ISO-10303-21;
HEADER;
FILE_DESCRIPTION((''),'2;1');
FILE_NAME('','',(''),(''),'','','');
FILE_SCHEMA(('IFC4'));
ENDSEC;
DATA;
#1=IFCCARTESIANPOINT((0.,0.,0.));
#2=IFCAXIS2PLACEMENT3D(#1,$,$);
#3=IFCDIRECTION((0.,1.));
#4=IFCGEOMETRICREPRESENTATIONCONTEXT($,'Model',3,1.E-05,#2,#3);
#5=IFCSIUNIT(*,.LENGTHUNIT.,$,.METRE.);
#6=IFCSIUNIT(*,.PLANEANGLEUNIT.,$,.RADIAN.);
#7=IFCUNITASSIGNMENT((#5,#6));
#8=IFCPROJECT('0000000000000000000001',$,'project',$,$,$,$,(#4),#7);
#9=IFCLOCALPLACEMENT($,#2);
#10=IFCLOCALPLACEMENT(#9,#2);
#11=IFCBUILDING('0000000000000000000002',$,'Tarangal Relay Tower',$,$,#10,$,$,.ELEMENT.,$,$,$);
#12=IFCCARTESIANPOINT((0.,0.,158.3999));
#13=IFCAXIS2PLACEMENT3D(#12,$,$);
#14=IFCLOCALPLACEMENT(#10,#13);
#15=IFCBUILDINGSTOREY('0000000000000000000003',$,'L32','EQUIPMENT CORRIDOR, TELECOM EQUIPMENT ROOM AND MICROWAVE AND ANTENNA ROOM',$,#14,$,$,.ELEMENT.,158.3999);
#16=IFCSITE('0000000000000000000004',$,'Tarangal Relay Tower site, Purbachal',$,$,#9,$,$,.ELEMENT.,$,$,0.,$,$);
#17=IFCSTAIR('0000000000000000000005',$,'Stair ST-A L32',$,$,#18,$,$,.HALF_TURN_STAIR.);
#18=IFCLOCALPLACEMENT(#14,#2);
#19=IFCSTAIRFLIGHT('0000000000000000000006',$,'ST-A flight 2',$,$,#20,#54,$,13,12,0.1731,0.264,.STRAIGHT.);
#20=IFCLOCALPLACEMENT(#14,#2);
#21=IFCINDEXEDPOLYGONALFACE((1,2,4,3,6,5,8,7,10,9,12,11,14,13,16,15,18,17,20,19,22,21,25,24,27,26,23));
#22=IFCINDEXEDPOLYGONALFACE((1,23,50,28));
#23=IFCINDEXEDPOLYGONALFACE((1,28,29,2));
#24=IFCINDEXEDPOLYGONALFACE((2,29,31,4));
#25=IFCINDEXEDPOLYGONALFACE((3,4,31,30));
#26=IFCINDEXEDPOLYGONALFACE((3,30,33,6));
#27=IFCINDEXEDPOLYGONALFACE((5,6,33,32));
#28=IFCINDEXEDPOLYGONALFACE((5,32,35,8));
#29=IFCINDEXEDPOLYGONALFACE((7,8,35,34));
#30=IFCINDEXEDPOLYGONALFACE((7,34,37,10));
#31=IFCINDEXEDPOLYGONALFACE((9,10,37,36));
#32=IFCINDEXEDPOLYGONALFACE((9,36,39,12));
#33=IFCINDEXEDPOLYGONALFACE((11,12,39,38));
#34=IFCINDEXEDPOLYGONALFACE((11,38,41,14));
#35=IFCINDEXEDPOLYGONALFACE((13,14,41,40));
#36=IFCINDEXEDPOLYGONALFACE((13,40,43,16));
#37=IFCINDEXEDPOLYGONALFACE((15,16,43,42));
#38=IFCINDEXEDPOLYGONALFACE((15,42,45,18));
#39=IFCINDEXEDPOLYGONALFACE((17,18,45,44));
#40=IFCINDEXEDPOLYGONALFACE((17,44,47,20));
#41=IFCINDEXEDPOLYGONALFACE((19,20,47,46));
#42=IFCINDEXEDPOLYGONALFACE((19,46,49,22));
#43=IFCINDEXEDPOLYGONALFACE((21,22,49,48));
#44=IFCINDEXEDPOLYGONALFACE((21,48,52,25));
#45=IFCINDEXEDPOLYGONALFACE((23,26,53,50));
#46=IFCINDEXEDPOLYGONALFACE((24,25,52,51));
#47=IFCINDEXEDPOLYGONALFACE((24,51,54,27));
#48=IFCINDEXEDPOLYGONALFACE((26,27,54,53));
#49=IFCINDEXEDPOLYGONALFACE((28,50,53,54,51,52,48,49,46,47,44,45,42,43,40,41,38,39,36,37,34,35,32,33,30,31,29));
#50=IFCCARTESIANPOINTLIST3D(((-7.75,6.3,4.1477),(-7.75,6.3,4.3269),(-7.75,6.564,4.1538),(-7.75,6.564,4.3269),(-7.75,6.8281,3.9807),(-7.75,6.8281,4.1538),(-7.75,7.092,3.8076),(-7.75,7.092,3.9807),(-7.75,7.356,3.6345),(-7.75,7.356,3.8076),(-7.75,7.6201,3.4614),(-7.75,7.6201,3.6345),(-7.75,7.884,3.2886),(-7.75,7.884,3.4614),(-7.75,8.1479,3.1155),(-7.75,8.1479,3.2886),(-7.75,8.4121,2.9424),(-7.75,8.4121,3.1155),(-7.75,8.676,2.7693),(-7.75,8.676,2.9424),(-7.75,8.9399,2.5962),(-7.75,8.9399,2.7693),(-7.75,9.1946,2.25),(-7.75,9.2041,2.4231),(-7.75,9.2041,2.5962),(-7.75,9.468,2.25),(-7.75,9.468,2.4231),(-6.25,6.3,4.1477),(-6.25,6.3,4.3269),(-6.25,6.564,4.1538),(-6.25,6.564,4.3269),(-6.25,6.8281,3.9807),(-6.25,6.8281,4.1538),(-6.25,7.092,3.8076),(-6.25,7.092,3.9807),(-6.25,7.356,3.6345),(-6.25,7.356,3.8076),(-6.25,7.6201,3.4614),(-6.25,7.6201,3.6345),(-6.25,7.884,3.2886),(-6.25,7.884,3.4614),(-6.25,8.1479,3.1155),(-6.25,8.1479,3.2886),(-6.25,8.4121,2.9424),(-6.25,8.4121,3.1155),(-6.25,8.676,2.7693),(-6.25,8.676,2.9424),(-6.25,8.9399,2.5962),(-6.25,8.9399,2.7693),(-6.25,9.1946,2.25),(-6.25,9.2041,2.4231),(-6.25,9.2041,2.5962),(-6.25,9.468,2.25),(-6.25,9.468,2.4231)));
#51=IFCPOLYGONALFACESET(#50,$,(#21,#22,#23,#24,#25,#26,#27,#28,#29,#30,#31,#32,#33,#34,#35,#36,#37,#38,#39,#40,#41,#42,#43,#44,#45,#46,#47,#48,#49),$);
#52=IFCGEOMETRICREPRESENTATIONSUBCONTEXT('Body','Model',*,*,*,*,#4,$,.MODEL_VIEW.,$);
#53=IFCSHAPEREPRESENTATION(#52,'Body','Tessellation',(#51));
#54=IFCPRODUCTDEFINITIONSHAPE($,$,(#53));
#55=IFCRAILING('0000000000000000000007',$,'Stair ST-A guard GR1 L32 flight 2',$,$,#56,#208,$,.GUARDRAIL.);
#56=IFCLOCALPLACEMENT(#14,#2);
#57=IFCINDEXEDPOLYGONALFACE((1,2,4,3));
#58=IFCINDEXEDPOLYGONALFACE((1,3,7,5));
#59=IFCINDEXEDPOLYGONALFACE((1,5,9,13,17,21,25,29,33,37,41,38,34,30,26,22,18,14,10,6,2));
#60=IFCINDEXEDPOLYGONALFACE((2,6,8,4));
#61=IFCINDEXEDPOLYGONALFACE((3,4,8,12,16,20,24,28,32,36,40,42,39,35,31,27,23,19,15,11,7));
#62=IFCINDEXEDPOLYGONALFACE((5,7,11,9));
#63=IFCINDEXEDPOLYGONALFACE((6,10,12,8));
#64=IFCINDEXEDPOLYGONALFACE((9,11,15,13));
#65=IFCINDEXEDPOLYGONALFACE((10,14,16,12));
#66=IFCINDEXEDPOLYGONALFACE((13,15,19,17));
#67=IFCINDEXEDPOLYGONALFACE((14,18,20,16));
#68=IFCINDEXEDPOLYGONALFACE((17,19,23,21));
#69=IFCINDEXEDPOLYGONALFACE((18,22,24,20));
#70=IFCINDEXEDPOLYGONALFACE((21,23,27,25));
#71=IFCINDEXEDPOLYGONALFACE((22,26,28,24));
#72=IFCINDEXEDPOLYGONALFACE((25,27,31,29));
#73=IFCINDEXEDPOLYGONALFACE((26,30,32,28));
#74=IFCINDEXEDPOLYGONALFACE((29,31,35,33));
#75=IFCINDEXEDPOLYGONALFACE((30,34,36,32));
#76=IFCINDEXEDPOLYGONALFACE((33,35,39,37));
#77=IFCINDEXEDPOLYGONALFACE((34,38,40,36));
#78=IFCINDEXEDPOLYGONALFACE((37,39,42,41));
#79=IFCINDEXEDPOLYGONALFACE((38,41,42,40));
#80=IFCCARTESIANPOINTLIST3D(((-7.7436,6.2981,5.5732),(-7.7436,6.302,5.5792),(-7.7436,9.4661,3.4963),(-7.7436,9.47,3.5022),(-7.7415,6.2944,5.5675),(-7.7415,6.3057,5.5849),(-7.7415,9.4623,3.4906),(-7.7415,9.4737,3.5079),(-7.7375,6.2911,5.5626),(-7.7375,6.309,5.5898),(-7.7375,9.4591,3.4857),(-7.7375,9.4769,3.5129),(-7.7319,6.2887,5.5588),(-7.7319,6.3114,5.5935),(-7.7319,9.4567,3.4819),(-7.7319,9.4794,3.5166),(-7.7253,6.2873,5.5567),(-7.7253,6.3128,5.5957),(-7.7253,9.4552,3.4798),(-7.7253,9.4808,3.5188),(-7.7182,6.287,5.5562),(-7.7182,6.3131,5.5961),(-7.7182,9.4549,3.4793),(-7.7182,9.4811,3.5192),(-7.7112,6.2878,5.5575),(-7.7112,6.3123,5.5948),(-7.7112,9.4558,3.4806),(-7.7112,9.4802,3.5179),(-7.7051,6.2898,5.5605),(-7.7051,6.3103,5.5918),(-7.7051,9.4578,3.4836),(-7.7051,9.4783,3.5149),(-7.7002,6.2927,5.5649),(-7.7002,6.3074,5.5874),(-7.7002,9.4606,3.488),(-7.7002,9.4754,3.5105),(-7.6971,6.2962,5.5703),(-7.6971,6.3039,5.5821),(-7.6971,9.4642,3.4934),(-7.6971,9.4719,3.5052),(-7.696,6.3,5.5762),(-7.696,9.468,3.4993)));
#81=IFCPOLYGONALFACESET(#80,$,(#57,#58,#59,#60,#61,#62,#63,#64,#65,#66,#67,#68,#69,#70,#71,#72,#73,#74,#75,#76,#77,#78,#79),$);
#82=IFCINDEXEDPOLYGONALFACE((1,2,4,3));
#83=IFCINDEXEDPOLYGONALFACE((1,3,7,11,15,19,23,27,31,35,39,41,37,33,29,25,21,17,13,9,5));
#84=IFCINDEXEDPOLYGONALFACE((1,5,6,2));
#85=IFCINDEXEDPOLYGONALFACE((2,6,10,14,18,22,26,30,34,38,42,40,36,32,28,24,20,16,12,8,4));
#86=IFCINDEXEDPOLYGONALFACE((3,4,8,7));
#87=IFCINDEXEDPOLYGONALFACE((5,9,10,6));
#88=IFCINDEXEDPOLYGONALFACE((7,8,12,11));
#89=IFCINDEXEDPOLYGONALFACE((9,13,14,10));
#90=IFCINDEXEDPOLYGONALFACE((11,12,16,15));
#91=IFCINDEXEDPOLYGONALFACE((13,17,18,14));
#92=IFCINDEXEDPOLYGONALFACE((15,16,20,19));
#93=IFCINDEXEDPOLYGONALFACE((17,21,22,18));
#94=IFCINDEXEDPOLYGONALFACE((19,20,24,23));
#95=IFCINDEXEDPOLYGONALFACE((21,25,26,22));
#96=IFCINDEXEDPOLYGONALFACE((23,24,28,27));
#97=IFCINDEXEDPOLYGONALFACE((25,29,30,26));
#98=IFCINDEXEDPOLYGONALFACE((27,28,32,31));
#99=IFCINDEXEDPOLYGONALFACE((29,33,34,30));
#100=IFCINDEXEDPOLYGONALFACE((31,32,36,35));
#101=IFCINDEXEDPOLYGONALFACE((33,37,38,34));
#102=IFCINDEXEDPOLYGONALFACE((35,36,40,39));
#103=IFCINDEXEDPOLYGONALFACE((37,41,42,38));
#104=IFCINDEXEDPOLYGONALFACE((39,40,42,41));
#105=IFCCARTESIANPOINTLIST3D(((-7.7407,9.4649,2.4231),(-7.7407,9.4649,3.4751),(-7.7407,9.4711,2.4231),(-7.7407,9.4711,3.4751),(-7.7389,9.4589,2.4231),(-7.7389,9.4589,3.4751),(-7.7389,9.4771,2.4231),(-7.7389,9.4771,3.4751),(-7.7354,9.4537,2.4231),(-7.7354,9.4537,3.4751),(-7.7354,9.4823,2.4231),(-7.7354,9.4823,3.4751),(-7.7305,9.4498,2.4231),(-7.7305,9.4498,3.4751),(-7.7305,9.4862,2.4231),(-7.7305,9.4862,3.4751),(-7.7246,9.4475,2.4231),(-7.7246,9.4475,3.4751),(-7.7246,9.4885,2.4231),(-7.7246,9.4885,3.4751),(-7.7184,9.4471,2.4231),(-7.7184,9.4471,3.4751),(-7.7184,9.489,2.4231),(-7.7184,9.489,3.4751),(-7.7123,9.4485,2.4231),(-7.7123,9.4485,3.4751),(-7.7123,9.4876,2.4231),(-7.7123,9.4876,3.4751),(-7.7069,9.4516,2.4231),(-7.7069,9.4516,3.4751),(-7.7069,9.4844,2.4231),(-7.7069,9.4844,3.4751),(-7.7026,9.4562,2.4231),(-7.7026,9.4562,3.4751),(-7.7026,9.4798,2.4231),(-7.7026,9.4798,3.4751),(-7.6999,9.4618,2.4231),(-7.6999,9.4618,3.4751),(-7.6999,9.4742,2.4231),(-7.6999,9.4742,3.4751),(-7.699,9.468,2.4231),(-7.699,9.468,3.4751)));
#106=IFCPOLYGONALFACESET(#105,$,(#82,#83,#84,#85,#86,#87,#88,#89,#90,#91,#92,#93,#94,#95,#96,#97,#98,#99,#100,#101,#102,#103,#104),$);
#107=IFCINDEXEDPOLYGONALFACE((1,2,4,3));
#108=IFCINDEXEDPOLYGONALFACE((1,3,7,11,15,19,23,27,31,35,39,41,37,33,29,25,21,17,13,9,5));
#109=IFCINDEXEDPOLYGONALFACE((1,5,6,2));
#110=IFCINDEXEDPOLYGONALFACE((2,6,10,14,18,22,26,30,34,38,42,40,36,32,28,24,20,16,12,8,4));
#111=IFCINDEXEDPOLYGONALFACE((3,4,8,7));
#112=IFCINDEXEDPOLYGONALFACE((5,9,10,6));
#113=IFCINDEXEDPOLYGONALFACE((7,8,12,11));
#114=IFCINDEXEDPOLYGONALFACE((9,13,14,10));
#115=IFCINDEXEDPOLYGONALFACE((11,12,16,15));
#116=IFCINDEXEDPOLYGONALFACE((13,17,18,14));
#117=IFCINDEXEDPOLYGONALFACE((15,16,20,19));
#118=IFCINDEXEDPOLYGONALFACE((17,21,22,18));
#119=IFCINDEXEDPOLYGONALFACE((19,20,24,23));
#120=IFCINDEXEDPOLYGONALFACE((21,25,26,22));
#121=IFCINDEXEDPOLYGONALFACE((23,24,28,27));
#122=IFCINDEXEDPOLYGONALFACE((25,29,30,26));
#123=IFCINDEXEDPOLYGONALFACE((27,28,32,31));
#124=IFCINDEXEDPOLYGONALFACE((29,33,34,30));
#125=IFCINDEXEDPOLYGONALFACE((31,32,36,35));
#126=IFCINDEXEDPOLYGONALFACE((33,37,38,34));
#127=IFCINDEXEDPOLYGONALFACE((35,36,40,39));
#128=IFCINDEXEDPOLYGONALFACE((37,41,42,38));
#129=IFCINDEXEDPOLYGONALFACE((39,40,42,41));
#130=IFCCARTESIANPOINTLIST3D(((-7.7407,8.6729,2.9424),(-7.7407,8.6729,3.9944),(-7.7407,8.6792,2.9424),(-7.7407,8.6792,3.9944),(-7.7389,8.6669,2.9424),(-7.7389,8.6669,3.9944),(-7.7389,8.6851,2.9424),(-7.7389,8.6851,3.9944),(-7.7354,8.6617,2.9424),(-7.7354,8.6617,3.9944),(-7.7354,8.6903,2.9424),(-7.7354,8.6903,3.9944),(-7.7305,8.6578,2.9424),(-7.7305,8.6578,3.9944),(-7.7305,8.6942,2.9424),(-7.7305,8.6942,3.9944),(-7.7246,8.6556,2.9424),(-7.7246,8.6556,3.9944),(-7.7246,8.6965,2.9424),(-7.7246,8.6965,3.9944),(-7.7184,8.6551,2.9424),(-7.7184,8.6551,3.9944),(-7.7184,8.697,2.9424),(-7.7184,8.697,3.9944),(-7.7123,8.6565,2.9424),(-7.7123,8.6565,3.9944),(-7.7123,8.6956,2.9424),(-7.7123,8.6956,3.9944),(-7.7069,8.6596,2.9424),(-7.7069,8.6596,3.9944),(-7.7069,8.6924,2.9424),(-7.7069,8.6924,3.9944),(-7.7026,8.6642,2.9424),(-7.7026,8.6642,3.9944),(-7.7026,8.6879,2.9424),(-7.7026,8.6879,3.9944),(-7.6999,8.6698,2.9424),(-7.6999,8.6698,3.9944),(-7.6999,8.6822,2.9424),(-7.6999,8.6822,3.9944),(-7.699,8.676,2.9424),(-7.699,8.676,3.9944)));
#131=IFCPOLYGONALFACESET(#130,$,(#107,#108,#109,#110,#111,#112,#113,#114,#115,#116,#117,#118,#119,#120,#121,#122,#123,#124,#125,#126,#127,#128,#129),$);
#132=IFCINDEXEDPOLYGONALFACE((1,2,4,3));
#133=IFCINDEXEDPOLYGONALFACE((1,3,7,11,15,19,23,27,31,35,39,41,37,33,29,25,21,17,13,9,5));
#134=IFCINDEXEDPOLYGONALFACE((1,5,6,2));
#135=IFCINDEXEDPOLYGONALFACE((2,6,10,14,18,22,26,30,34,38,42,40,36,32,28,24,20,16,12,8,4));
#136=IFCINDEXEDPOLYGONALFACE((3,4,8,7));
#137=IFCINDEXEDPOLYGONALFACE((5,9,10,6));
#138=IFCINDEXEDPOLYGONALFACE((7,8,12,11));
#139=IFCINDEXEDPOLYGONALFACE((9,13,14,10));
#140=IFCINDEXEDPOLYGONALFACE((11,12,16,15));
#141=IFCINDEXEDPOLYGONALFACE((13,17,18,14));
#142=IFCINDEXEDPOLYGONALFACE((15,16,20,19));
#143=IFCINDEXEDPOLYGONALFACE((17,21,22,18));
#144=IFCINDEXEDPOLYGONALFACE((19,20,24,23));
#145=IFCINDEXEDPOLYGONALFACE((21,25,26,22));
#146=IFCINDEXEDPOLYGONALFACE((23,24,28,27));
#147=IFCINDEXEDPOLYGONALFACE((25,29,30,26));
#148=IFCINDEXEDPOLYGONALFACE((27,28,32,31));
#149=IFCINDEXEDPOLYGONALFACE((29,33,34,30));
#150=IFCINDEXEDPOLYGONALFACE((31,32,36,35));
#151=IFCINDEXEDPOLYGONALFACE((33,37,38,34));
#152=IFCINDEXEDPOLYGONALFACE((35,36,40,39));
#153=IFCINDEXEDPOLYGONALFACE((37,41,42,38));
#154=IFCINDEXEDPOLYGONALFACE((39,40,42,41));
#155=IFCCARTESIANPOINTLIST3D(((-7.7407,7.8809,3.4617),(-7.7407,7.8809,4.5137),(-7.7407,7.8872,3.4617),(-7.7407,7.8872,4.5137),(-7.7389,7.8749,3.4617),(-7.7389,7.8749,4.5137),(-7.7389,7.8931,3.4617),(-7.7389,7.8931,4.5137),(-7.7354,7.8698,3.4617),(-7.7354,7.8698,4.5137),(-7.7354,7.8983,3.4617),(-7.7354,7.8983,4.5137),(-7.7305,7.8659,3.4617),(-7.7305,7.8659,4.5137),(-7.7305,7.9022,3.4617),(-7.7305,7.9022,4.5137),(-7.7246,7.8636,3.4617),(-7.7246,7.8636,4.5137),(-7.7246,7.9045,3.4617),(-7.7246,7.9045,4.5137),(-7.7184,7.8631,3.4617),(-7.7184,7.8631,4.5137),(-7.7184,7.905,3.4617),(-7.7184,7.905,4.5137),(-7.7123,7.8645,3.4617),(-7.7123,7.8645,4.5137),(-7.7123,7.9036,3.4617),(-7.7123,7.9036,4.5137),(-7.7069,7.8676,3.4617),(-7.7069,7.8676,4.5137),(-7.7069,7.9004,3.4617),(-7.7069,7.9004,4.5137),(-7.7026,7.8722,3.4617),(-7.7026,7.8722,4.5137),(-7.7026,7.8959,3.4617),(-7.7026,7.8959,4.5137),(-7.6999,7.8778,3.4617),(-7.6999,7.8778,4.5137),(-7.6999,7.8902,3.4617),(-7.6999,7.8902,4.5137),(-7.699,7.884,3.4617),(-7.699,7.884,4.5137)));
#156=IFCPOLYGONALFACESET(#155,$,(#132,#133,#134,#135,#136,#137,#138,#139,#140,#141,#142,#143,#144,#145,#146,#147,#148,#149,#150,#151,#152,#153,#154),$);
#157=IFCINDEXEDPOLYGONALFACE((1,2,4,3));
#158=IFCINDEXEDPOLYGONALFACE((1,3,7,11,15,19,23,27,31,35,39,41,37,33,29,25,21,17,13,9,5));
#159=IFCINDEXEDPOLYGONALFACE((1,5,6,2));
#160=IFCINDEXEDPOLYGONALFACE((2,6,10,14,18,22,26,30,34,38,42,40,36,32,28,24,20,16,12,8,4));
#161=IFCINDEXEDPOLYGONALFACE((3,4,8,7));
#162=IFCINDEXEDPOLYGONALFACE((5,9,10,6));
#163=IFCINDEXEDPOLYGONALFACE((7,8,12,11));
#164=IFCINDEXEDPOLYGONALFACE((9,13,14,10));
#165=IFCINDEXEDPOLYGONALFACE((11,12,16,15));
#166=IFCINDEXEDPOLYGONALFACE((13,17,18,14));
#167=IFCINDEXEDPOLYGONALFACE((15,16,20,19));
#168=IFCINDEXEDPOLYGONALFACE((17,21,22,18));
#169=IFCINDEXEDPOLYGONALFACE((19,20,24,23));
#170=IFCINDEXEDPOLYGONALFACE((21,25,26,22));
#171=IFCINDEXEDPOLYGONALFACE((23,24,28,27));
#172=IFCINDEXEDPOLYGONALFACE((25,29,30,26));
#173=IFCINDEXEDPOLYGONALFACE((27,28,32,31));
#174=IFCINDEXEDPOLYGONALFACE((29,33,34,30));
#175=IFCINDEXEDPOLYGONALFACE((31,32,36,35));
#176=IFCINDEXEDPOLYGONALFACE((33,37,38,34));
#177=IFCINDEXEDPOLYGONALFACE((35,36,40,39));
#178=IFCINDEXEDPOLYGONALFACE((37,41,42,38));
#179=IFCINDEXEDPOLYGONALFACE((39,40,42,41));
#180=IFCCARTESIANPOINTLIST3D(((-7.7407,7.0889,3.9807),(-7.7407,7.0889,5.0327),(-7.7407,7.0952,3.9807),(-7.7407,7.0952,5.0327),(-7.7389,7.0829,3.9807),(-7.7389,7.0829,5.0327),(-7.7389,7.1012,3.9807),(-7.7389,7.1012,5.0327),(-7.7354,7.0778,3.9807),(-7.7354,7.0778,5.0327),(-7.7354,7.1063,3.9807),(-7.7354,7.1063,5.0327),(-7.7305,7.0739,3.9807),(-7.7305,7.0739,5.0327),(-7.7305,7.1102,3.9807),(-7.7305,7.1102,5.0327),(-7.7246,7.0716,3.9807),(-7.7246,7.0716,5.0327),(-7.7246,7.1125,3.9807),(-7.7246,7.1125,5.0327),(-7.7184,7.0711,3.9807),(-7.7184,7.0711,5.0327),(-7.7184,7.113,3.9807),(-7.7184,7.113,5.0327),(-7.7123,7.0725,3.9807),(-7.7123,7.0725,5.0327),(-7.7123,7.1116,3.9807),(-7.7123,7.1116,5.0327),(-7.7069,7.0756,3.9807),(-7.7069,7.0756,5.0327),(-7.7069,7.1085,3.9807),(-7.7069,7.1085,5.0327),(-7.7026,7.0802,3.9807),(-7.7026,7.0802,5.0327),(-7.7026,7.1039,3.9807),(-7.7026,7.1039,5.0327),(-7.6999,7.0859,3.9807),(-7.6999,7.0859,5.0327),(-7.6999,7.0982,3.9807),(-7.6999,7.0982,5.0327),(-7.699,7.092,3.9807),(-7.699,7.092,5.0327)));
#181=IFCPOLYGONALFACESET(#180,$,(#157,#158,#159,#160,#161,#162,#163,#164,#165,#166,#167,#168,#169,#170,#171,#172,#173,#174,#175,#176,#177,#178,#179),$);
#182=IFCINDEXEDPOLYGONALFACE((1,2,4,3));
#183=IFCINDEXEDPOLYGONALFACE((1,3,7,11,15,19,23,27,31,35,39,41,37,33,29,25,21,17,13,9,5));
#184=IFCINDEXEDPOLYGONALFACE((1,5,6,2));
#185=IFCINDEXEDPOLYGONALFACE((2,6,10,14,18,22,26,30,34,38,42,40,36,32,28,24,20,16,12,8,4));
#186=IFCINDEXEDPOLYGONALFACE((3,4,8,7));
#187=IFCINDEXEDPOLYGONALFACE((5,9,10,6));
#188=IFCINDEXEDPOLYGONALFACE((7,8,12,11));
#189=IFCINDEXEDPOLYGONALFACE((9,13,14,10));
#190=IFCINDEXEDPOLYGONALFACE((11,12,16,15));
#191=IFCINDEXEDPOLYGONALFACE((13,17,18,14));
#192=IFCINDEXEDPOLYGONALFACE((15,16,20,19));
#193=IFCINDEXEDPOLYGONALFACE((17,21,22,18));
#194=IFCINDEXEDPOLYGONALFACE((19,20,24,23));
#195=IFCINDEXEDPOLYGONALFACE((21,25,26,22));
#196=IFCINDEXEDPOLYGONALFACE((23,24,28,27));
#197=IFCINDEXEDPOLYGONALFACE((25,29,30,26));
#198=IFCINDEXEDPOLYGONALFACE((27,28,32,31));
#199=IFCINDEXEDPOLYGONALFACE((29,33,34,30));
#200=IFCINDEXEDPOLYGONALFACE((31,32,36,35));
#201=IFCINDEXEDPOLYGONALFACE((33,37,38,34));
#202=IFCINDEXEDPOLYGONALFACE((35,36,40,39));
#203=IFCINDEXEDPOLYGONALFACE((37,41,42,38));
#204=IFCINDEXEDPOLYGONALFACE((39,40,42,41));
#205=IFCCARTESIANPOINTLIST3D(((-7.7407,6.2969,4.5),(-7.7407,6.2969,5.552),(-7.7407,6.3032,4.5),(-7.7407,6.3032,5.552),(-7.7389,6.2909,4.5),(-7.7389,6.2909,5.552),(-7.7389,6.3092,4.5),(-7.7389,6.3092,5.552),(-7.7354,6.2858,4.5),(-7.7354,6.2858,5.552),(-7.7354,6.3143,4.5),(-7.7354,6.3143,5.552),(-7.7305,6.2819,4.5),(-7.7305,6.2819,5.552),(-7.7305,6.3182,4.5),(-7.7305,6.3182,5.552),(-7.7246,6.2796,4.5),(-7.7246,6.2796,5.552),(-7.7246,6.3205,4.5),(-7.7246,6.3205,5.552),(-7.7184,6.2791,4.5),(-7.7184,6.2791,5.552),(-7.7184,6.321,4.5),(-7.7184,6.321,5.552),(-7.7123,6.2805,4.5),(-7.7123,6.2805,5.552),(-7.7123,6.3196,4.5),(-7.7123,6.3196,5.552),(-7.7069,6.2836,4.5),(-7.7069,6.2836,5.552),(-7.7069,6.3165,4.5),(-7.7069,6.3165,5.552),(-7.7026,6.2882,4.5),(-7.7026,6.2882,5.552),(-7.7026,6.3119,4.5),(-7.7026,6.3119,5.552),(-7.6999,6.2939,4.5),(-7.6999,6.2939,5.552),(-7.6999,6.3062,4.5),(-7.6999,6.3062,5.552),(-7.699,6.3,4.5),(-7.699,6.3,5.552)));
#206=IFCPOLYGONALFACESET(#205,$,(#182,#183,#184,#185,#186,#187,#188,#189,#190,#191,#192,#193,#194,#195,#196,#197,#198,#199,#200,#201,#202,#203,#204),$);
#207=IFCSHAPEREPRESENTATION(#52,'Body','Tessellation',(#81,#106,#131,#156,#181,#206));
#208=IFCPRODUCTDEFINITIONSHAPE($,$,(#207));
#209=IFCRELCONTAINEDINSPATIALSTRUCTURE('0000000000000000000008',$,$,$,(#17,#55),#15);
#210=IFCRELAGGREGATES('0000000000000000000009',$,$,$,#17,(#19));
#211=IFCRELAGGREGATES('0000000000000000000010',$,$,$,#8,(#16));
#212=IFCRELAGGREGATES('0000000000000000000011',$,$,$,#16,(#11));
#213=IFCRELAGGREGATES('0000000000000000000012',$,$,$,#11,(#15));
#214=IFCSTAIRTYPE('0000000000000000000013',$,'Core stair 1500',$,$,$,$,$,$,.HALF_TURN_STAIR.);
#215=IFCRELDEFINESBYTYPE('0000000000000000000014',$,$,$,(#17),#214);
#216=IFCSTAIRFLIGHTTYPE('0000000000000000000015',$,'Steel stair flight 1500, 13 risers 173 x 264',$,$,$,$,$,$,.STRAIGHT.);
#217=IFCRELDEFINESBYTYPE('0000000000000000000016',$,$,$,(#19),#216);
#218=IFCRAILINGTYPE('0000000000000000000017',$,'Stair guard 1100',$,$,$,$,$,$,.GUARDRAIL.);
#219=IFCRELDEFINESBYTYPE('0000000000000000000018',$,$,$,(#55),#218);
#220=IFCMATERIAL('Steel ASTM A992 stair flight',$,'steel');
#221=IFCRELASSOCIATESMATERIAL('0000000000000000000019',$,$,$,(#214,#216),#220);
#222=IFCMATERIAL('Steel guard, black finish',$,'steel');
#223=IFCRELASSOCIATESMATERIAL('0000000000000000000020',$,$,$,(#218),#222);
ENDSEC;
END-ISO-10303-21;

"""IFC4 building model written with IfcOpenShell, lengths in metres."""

from ifc_helpers import new_model, si_unit, direction, frame, origin, origin_2d, place, context, subcontext, project, spatial, polyline, circle, outline, extrude, material, type_object, element, aggregate, save


model = new_model("IFC4")

# Units and contexts
model_context = context("Model", 3, precision=1e-05, world=origin(), true_north=direction((0.0, 1.0)))
body_context = subcontext(model_context, "Body", "Model", "MODEL_VIEW")
ifc_project = project(units=[si_unit("LENGTHUNIT", "METRE"), si_unit("PLANEANGLEUNIT", "RADIAN")], contexts=[model_context])

# Site, building, storey
site_placement = place(None, origin())
site = spatial("IfcSite", under=ifc_project, at=site_placement, Name="Tarangal Relay Tower site, Purbachal", CompositionType="ELEMENT", RefElevation=0.0)
building_placement = place(site_placement, origin())
building = spatial("IfcBuilding", under=site, at=building_placement, Name="Tarangal Relay Tower", CompositionType="ELEMENT")
storey_placement = place(building_placement, frame((0.0, 0.0, 158.3999)))
storey = spatial("IfcBuildingStorey", under=building, at=storey_placement, Name="L32", Description="EQUIPMENT CORRIDOR, TELECOM EQUIPMENT ROOM AND MICROWAVE AND ANTENNA ROOM", CompositionType="ELEMENT", Elevation=158.3999)

# Stair, stair flight
ifc_material_1 = material(Name="Steel ASTM A992 stair flight", Category="steel")
stair_type = type_object("IfcStairType", Name="Core stair 1500", PredefinedType="HALF_TURN_STAIR", material=ifc_material_1)
stair_placement = place(storey_placement, origin())
stair = element("IfcStair", 1, at=stair_placement, inside=storey, type_object=stair_type, Name="Stair ST-A L32", PredefinedType="HALF_TURN_STAIR")
stair_flight_type = type_object("IfcStairFlightType", Name="Steel stair flight 1500, 13 risers 173 x 264", PredefinedType="STRAIGHT", material=ifc_material_1)
stair_flight_placement = place(storey_placement, frame((-7.0, 9.468, 2.25), z_axis=(0.0, 0.0, 1.0), x_axis=(0.0, -1.0, 0.0)))
stair_flight = element("IfcStairFlight", 2, at=stair_flight_placement, type_object=stair_flight_type, Name="ST-A flight 2", NumberOfRisers=13, NumberOfTreads=12, PredefinedType="STRAIGHT", RiserHeight=0.1731, TreadLength=0.264, context=body_context, shape_type="SweptSolid", body=[
    extrude(outline(polyline([(0.0, 0.0), (0.0, 0.1731), (0.2639, 0.1731), (0.2639, 0.3462), (0.5281, 0.3462), (0.5281, 0.5193), (0.792, 0.5193), (0.792, 0.6924), (1.0559, 0.6924), (1.0559, 0.8655), (1.3201, 0.8655), (1.3201, 1.0386), (1.584, 1.0386), (1.584, 1.2114), (1.8479, 1.2114), (1.8479, 1.3845), (2.1121, 1.3845), (2.1121, 1.5576), (2.376, 1.5576), (2.376, 1.7307), (2.6399, 1.7307), (2.6399, 1.9038), (2.9041, 1.9038), (2.9041, 2.0769), (3.168, 2.0769), (3.168, 2.25), (3.168, 1.8977), (0.2734, 0.0), (0.0, 0.0)])), frame((0.0, 0.75, 0.0), z_axis=(0.0, -1.0, 0.0), x_axis=(1.0, 0.0, 0.0)), (0.0, 0.0, 1.0), 1.5),
])
aggregate(stair, [stair_flight])

# Railing
ifc_material_2 = material(Name="Steel guard, black finish", Category="steel")
railing_type_1 = type_object("IfcRailingType", Name="Stair guard 1100", PredefinedType="GUARDRAIL", material=ifc_material_2)
railing_1_placement = place(storey_placement, frame((-7.72, 9.468, 2.4231)))
element("IfcRailing", 3, at=railing_1_placement, inside=storey, type_object=railing_type_1, Name="Stair ST-A guard GR1 L32 flight 2", PredefinedType="GUARDRAIL", context=body_context, shape_type="SweptSolid", body=[
    extrude(circle(Radius=0.0239, at=origin_2d()), frame((0.0, 0.0, 1.0762), z_axis=(0.0, -0.836299, 0.548273), x_axis=(1.0, 0.0, 0.0)), (0.0, 0.0, 1.0), 3.7881),
    extrude(circle(Radius=0.021, at=origin_2d()), origin(), (0.0, 0.0, 1.0), 1.052),
    extrude(circle(Radius=0.021, at=origin_2d()), frame((0.0, -0.792, 0.5193)), (0.0, 0.0, 1.0), 1.052),
    extrude(circle(Radius=0.021, at=origin_2d()), frame((0.0, -1.584, 1.0386)), (0.0, 0.0, 1.0), 1.052),
    extrude(circle(Radius=0.021, at=origin_2d()), frame((0.0, -2.376, 1.5576)), (0.0, 0.0, 1.0), 1.052),
    extrude(circle(Radius=0.021, at=origin_2d()), frame((0.0, -3.168, 2.0769)), (0.0, 0.0, 1.0), 1.052),
])

save(model, "model.ifc")
